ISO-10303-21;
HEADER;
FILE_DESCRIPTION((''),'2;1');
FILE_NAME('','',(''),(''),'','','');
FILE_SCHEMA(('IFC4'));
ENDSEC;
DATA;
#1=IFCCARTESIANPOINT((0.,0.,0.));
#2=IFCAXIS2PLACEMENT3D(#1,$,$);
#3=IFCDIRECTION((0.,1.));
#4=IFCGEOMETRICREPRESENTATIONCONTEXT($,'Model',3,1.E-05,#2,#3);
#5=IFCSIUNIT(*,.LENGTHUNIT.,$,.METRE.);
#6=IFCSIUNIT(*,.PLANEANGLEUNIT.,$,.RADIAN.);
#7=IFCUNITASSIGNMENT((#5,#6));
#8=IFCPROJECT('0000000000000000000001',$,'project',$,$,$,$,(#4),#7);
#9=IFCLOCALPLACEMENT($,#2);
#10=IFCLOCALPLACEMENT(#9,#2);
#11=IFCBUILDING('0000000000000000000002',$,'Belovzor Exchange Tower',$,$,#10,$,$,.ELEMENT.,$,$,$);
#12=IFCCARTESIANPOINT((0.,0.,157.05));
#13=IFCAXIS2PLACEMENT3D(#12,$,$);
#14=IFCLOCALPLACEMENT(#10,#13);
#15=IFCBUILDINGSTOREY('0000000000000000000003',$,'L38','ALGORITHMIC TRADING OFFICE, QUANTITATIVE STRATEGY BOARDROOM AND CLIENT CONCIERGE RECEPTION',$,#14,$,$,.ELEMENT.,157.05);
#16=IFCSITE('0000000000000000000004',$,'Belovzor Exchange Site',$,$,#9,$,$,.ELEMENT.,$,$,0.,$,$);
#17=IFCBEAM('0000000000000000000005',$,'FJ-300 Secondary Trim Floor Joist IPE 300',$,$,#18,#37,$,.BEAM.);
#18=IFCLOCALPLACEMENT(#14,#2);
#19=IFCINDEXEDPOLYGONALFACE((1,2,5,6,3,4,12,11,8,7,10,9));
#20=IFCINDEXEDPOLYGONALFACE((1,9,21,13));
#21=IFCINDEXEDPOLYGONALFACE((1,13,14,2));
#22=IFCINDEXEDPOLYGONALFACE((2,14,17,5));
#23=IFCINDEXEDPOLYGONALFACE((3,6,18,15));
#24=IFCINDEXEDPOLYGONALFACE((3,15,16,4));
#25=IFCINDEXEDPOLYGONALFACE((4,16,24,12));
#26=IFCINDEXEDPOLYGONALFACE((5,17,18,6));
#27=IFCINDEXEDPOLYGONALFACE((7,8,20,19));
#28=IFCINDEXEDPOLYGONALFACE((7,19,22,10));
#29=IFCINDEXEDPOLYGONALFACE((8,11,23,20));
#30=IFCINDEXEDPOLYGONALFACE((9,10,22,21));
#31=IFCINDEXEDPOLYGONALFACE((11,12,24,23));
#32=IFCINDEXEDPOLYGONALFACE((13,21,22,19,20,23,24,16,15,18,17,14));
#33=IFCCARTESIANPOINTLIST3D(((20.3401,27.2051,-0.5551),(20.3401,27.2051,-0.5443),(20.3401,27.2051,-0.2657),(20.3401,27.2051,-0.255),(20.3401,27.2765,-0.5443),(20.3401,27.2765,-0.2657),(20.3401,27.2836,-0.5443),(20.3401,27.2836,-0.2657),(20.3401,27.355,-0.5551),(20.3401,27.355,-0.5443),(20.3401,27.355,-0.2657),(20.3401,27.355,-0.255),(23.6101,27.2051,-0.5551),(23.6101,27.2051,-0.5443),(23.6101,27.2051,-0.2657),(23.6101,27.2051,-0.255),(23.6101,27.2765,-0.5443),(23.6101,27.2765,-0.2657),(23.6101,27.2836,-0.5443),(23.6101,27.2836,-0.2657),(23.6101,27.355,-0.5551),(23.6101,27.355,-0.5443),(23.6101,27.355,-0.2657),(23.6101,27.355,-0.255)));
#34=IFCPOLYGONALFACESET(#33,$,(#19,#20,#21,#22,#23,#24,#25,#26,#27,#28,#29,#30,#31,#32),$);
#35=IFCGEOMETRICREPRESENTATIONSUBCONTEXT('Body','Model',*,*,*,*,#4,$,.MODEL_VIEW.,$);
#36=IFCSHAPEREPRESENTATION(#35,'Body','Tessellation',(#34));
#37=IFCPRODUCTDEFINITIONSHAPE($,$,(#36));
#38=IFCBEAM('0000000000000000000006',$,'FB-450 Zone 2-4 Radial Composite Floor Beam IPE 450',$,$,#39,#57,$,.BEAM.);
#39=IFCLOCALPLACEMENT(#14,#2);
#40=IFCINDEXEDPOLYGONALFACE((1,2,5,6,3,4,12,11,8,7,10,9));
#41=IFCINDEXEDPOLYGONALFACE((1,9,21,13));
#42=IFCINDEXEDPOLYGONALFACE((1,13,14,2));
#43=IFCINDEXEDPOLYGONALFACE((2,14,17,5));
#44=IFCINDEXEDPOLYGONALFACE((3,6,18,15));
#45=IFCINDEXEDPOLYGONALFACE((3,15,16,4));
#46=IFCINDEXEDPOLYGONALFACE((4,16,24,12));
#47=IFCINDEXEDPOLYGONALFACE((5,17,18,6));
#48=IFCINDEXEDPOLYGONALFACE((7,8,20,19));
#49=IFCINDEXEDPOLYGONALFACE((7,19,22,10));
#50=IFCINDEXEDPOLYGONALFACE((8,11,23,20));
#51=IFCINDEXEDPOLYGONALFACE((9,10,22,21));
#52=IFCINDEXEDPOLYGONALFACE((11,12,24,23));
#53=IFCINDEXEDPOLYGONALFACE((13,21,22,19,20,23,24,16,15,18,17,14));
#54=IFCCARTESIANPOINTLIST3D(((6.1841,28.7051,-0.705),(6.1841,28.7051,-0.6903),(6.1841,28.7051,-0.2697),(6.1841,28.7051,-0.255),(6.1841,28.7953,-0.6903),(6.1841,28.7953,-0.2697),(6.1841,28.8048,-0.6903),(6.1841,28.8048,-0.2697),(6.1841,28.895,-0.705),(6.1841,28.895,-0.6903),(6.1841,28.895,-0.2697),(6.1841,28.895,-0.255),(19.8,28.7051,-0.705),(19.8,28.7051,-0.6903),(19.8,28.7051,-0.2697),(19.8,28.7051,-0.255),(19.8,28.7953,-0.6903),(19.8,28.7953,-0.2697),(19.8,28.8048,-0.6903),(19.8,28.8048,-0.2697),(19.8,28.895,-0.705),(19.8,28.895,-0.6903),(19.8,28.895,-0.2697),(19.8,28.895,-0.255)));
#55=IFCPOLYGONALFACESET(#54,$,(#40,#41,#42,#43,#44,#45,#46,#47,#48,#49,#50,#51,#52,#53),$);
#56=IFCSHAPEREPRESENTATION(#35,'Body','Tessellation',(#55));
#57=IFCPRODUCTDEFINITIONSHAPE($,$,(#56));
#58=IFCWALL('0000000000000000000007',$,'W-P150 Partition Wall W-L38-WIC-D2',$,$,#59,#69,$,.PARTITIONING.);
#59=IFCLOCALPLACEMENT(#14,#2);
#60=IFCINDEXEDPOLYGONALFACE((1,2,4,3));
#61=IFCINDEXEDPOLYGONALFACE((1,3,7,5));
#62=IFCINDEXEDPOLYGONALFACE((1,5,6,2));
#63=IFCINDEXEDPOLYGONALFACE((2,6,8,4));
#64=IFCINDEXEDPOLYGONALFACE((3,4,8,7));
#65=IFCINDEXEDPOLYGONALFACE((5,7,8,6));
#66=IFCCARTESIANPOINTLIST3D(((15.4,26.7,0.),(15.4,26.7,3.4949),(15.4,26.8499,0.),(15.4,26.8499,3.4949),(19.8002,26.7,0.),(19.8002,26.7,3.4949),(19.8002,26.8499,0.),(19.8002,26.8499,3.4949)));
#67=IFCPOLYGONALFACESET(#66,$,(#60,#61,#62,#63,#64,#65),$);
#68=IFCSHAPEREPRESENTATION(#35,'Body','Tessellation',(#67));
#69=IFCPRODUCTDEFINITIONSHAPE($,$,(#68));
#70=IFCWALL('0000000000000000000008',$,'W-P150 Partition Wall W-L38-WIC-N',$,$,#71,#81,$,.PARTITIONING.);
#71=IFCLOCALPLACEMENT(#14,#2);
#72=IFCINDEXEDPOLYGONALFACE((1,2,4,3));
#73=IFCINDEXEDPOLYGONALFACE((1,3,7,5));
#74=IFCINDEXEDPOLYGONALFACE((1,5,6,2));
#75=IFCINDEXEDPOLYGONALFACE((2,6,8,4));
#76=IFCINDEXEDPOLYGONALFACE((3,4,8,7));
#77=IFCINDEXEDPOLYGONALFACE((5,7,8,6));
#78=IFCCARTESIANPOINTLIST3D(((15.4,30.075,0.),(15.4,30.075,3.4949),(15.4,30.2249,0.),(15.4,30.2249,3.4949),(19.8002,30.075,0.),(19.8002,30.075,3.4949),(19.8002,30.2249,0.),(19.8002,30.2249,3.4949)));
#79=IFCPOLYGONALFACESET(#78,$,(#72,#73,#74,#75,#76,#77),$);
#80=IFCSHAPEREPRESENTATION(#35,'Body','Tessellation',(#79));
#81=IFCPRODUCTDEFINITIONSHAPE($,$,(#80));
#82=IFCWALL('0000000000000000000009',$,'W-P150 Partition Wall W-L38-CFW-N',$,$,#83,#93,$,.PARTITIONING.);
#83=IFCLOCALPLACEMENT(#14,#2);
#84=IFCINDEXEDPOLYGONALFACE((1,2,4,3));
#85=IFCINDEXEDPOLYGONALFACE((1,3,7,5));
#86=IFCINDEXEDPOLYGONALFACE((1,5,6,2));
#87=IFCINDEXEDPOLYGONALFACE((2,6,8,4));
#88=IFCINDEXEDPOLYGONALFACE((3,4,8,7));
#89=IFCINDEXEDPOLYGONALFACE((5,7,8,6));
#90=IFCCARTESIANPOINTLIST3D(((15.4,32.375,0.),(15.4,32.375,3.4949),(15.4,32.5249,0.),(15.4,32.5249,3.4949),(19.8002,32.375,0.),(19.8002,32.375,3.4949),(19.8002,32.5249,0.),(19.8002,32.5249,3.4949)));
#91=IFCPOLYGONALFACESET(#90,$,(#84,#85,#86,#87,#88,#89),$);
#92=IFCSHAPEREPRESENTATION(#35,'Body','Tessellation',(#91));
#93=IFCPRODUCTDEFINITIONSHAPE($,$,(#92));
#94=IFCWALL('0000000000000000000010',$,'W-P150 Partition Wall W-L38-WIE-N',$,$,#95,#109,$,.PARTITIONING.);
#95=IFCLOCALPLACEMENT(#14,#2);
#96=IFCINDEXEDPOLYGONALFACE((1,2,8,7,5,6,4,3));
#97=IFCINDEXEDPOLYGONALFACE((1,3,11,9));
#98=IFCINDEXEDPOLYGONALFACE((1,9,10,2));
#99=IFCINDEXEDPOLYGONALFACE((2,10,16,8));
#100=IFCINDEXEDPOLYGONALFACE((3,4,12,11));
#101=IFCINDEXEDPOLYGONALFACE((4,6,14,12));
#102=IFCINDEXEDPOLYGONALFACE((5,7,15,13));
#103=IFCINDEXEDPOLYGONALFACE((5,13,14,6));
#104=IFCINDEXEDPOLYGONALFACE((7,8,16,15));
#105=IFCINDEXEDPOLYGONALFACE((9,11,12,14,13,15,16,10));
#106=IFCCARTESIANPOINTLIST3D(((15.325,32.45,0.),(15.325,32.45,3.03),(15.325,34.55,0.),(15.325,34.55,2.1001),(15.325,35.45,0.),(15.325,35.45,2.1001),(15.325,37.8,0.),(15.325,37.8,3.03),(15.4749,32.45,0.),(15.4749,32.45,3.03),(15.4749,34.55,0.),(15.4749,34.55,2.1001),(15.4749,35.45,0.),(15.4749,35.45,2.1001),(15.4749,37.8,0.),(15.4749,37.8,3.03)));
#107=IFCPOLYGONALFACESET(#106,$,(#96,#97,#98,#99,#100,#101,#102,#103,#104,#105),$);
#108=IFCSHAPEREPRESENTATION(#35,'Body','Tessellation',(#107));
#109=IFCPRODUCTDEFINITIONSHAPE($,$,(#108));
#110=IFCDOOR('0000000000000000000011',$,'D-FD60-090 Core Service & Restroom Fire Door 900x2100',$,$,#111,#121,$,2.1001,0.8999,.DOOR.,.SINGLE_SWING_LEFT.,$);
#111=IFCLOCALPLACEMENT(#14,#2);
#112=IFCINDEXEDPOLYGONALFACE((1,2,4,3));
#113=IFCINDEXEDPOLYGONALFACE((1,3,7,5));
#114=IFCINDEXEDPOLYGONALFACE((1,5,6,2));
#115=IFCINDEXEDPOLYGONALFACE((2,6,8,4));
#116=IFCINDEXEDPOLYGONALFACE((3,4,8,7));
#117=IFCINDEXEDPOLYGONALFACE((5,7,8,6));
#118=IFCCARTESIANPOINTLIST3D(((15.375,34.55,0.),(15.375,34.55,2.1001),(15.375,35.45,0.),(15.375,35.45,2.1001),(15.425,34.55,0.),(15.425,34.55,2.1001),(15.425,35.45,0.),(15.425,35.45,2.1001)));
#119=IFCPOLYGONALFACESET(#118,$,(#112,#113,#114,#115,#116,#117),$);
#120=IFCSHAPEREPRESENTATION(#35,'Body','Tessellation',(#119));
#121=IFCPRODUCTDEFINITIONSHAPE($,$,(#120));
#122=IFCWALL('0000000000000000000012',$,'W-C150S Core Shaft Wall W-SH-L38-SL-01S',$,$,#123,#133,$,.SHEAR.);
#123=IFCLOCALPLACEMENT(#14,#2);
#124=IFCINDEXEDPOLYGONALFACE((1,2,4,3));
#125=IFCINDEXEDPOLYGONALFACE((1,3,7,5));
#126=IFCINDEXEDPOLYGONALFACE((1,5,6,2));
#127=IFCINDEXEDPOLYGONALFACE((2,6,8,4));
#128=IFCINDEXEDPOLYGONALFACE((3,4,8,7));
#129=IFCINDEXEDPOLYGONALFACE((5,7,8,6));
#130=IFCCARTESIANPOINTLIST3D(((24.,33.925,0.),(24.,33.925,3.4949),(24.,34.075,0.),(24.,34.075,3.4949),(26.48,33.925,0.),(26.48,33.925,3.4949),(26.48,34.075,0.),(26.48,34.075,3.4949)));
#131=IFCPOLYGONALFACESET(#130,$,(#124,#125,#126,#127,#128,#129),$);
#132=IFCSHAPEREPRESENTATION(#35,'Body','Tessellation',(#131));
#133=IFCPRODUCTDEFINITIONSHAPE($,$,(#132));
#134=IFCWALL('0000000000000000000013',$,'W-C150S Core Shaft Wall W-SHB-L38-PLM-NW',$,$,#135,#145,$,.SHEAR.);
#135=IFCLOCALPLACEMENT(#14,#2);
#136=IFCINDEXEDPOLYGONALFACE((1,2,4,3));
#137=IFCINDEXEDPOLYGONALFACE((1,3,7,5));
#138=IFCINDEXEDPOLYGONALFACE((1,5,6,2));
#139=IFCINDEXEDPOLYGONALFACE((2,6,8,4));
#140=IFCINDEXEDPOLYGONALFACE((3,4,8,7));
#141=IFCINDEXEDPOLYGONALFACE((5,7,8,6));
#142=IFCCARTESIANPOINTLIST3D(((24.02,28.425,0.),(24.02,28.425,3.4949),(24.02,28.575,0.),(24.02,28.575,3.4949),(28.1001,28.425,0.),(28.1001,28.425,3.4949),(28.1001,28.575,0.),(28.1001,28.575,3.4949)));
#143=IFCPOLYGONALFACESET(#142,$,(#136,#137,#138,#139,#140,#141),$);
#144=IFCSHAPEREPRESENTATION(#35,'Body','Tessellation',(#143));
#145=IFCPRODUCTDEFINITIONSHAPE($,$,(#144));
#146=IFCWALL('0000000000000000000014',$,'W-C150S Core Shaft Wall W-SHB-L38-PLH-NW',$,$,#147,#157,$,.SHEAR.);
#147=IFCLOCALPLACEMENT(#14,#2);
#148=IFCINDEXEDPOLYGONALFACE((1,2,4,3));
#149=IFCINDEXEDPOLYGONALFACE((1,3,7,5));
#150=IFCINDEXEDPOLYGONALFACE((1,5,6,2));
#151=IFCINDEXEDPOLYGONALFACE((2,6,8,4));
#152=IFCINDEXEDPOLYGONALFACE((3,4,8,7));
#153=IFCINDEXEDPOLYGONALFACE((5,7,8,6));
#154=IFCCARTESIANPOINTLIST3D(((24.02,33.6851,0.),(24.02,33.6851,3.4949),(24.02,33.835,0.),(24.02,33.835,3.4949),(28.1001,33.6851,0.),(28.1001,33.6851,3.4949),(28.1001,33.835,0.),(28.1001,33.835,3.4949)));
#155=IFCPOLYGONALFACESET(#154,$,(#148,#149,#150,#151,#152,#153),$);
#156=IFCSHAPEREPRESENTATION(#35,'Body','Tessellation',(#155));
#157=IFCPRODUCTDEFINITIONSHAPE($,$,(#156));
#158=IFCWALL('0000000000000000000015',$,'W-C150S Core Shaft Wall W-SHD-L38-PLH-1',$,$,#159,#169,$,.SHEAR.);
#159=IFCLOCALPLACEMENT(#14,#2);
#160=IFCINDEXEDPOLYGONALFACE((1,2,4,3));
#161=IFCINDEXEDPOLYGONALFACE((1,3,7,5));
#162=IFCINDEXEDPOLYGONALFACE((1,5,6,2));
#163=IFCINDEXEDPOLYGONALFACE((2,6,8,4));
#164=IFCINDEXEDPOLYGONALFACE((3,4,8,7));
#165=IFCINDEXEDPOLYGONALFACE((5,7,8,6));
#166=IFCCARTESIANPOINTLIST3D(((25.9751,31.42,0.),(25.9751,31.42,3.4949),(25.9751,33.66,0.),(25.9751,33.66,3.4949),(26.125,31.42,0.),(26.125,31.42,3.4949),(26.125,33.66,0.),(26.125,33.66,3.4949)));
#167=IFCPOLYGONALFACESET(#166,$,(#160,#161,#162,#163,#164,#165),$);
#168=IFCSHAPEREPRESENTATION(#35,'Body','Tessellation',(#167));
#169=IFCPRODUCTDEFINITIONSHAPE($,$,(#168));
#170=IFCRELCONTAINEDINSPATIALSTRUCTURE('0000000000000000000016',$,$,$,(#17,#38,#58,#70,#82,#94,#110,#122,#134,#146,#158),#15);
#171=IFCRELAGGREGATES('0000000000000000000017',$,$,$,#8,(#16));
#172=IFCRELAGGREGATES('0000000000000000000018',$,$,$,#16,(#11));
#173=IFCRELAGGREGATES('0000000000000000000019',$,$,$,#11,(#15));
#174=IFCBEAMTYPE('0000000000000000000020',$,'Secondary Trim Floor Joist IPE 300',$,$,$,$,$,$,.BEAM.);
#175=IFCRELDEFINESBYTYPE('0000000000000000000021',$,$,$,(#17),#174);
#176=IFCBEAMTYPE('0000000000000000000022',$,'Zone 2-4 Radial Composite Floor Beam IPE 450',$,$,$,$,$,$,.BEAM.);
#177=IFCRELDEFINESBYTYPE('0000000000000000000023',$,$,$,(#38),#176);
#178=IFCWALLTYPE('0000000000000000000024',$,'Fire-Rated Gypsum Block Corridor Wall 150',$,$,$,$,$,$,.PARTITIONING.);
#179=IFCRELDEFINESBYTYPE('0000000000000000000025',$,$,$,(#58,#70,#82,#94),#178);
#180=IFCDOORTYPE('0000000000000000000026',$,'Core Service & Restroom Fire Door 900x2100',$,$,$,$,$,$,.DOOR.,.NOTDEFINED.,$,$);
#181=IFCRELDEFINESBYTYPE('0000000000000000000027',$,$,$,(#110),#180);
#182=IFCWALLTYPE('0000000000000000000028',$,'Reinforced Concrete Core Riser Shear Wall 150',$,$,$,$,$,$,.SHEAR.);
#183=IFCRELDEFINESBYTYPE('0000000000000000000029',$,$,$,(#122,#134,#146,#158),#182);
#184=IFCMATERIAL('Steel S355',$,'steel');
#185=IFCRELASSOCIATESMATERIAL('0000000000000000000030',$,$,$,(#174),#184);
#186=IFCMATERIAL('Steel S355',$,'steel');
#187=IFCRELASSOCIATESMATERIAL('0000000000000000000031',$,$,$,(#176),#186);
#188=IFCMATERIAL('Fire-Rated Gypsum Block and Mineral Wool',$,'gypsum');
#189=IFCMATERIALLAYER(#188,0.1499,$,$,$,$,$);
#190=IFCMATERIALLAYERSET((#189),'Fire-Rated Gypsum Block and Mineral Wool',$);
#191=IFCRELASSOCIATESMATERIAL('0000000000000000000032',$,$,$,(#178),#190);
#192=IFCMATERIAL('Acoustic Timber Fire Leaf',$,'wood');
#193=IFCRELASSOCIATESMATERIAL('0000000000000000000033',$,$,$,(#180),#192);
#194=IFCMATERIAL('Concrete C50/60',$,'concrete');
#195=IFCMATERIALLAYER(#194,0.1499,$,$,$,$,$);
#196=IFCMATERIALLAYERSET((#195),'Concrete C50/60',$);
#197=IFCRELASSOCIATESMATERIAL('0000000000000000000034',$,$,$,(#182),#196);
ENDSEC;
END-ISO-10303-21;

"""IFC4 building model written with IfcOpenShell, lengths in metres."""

from ifc_helpers import new_model, si_unit, direction, frame, frame_2d, origin, origin_2d, place, context, subcontext, project, spatial, rectangle, i_section, extrude, material, layer, layer_set, material_profile, profile_set, type_object, element, fill, save


model = new_model("IFC4")

# Units and contexts
model_context = context("Model", 3, precision=1e-05, world=origin(), true_north=direction((0.0, 1.0)))
body_context = subcontext(model_context, "Body", "Model", "MODEL_VIEW")
ifc_project = project(units=[si_unit("LENGTHUNIT", "METRE"), si_unit("PLANEANGLEUNIT", "RADIAN")], contexts=[model_context])

# Site, building, storey
site_placement = place(None, origin())
site = spatial("IfcSite", under=ifc_project, at=site_placement, Name="Belovzor Exchange Site", CompositionType="ELEMENT", RefElevation=0.0)
building_placement = place(site_placement, origin())
building = spatial("IfcBuilding", under=site, at=building_placement, Name="Belovzor Exchange Tower", CompositionType="ELEMENT")
storey_placement = place(building_placement, frame((0.0, 0.0, 157.05)))
storey = spatial("IfcBuildingStorey", under=building, at=storey_placement, Name="L38", Description="ALGORITHMIC TRADING OFFICE, QUANTITATIVE STRATEGY BOARDROOM AND CLIENT CONCIERGE RECEPTION", CompositionType="ELEMENT", Elevation=157.05)

# Beams
ifc_material_1 = material(Name="Steel S355", Category="steel")
ifc_material_profile_1 = material_profile(ifc_material_1, i_section(OverallWidth=0.1499, OverallDepth=0.3, WebThickness=0.0071, FlangeThickness=0.0107, at=origin_2d()))
ifc_profile_set_1 = profile_set([ifc_material_profile_1], Name="Steel S355")
beam_type_1 = type_object("IfcBeamType", Name="Secondary Trim Floor Joist IPE 300", PredefinedType="BEAM", material=ifc_profile_set_1)
beam_1_placement = place(storey_placement, frame((20.3401, 27.28, -0.405), z_axis=(1.0, 0.0, 0.0), x_axis=(0.0, 1.0, 0.0)))
element("IfcBeam", 1, at=beam_1_placement, inside=storey, type_object=beam_type_1, Name="FJ-300 Secondary Trim Floor Joist IPE 300", PredefinedType="BEAM", context=body_context, shape_type="SweptSolid", body=[
    extrude(i_section(OverallWidth=0.1499, OverallDepth=0.3, WebThickness=0.0071, FlangeThickness=0.0107, at=origin_2d()), origin(), (0.0, 0.0, 1.0), 3.27),
])
ifc_material_2 = material(Name="Steel S355", Category="steel")
ifc_material_profile_2 = material_profile(ifc_material_2, i_section(OverallWidth=0.1899, OverallDepth=0.45, WebThickness=0.0095, FlangeThickness=0.0146, at=origin_2d()))
ifc_profile_set_2 = profile_set([ifc_material_profile_2], Name="Steel S355")
beam_type_2 = type_object("IfcBeamType", Name="Zone 2-4 Radial Composite Floor Beam IPE 450", PredefinedType="BEAM", material=ifc_profile_set_2)
beam_2_placement = place(storey_placement, frame((19.8, 28.8, -0.48), z_axis=(-1.0, 0.0, 0.0), x_axis=(0.0, -1.0, 0.0)))
element("IfcBeam", 2, at=beam_2_placement, inside=storey, type_object=beam_type_2, Name="FB-450 Zone 2-4 Radial Composite Floor Beam IPE 450", PredefinedType="BEAM", context=body_context, shape_type="SweptSolid", body=[
    extrude(i_section(OverallWidth=0.1899, OverallDepth=0.45, WebThickness=0.0095, FlangeThickness=0.0146, at=origin_2d()), origin(), (0.0, 0.0, 1.0), 13.616),
])

# Walls
ifc_material_3 = material(Name="Fire-Rated Gypsum Block and Mineral Wool", Category="gypsum")
ifc_layer_1 = layer(ifc_material_3, 0.1499)
ifc_layer_set_1 = layer_set([ifc_layer_1], Name="Fire-Rated Gypsum Block and Mineral Wool")
wall_type_1 = type_object("IfcWallType", Name="Fire-Rated Gypsum Block Corridor Wall 150", PredefinedType="PARTITIONING", material=ifc_layer_set_1)
for number, where, z_axis, x_axis, name in (
    (3, (15.3999, 26.7749, 0.0), (0.0, 0.0, 1.0), (1.0, 0.0, 0.0), "W-P150 Partition Wall W-L38-WIC-D2"),
    (4, (15.3999, 30.1499, 0.0), (0.0, 0.0, 1.0), (1.0, 0.0, 0.0), "W-P150 Partition Wall W-L38-WIC-N"),
    (5, (15.3999, 32.45, 0.0), (0.0, 0.0, 1.0), (1.0, 0.0, 0.0), "W-P150 Partition Wall W-L38-CFW-N"),
):
    element("IfcWall", number, at=place(storey_placement, frame(where, z_axis=z_axis, x_axis=x_axis)), inside=storey, type_object=wall_type_1, Name=name, PredefinedType="PARTITIONING", context=body_context, shape_type="SweptSolid", body=[
        extrude(rectangle(XDim=4.4001, YDim=0.1499, at=frame_2d((2.2002, 0.0))), origin(), (0.0, 0.0, 1.0), 3.4949),
    ])

# Wall, opening, door
wall_1_placement = place(storey_placement, frame((15.3999, 32.45, 0.0), z_axis=(0.0, 0.0, 1.0), x_axis=(0.0, 1.0, 0.0)))
wall_1 = element("IfcWall", 6, at=wall_1_placement, inside=storey, type_object=wall_type_1, Name="W-P150 Partition Wall W-L38-WIE-N", PredefinedType="PARTITIONING", context=body_context, shape_type="SweptSolid", body=[
    extrude(rectangle(XDim=5.3501, YDim=0.1499, at=frame_2d((2.675, 0.0))), origin(), (0.0, 0.0, 1.0), 3.03),
])
opening_1_placement = place(wall_1_placement, frame((2.1001, 0.0, 0.0)))
opening_1 = element("IfcOpeningElement", 7, at=opening_1_placement, cuts=wall_1, PredefinedType="OPENING", context=body_context, shape_type="SweptSolid", body=[
    extrude(rectangle(XDim=0.8999, YDim=2.1001, at=frame_2d((0.45, 1.05))), frame((0.0, 0.085, 0.0), z_axis=(0.0, -1.0, 0.0), x_axis=(1.0, 0.0, 0.0)), (0.0, 0.0, 1.0), 0.1699),
])
ifc_material_4 = material(Name="Acoustic Timber Fire Leaf", Category="wood")
door_type_1 = type_object("IfcDoorType", Name="Core Service & Restroom Fire Door 900x2100", OperationType="NOTDEFINED", PredefinedType="DOOR", material=ifc_material_4)
door_1_placement = place(opening_1_placement, origin())
door_1 = element("IfcDoor", 8, at=door_1_placement, inside=storey, type_object=door_type_1, Name="D-FD60-090 Core Service & Restroom Fire Door 900x2100", OperationType="SINGLE_SWING_LEFT", OverallHeight=2.1001, OverallWidth=0.8999, PredefinedType="DOOR", context=body_context, shape_type="SweptSolid", body=[
    extrude(rectangle(XDim=0.8999, YDim=2.1001, at=frame_2d((0.45, 1.05))), frame((0.0, 0.0249, 0.0), z_axis=(0.0, -1.0, 0.0), x_axis=(1.0, 0.0, 0.0)), (0.0, 0.0, 1.0), 0.05),
])
fill(opening_1, door_1)

# Walls
ifc_material_5 = material(Name="Concrete C50/60", Category="concrete")
ifc_layer_2 = layer(ifc_material_5, 0.1499)
ifc_layer_set_2 = layer_set([ifc_layer_2], Name="Concrete C50/60")
wall_type_2 = type_object("IfcWallType", Name="Reinforced Concrete Core Riser Shear Wall 150", PredefinedType="SHEAR", material=ifc_layer_set_2)
wall_2_placement = place(storey_placement, frame((24.0, 34.0, 0.0), z_axis=(0.0, 0.0, 1.0), x_axis=(1.0, 0.0, 0.0)))
element("IfcWall", 9, at=wall_2_placement, inside=storey, type_object=wall_type_2, Name="W-C150S Core Shaft Wall W-SH-L38-SL-01S", PredefinedType="SHEAR", context=body_context, shape_type="SweptSolid", body=[
    extrude(rectangle(XDim=2.48, YDim=0.1499, at=frame_2d((1.24, 0.0))), origin(), (0.0, 0.0, 1.0), 3.4949),
])
for number, where, z_axis, x_axis, name in (
    (10, (24.02, 28.5, 0.0), (0.0, 0.0, 1.0), (1.0, 0.0, 0.0), "W-C150S Core Shaft Wall W-SHB-L38-PLM-NW"),
    (11, (24.02, 33.76, 0.0), (0.0, 0.0, 1.0), (1.0, 0.0, 0.0), "W-C150S Core Shaft Wall W-SHB-L38-PLH-NW"),
):
    element("IfcWall", number, at=place(storey_placement, frame(where, z_axis=z_axis, x_axis=x_axis)), inside=storey, type_object=wall_type_2, Name=name, PredefinedType="SHEAR", context=body_context, shape_type="SweptSolid", body=[
        extrude(rectangle(XDim=4.0801, YDim=0.1499, at=frame_2d((2.04, 0.0))), origin(), (0.0, 0.0, 1.0), 3.4949),
    ])
wall_3_placement = place(storey_placement, frame((26.05, 31.4199, 0.0), z_axis=(0.0, 0.0, 1.0), x_axis=(0.0, 1.0, 0.0)))
element("IfcWall", 12, at=wall_3_placement, inside=storey, type_object=wall_type_2, Name="W-C150S Core Shaft Wall W-SHD-L38-PLH-1", PredefinedType="SHEAR", context=body_context, shape_type="SweptSolid", body=[
    extrude(rectangle(XDim=2.24, YDim=0.1499, at=frame_2d((1.1201, 0.0))), origin(), (0.0, 0.0, 1.0), 3.4949),
])

save(model, "model.ifc")
